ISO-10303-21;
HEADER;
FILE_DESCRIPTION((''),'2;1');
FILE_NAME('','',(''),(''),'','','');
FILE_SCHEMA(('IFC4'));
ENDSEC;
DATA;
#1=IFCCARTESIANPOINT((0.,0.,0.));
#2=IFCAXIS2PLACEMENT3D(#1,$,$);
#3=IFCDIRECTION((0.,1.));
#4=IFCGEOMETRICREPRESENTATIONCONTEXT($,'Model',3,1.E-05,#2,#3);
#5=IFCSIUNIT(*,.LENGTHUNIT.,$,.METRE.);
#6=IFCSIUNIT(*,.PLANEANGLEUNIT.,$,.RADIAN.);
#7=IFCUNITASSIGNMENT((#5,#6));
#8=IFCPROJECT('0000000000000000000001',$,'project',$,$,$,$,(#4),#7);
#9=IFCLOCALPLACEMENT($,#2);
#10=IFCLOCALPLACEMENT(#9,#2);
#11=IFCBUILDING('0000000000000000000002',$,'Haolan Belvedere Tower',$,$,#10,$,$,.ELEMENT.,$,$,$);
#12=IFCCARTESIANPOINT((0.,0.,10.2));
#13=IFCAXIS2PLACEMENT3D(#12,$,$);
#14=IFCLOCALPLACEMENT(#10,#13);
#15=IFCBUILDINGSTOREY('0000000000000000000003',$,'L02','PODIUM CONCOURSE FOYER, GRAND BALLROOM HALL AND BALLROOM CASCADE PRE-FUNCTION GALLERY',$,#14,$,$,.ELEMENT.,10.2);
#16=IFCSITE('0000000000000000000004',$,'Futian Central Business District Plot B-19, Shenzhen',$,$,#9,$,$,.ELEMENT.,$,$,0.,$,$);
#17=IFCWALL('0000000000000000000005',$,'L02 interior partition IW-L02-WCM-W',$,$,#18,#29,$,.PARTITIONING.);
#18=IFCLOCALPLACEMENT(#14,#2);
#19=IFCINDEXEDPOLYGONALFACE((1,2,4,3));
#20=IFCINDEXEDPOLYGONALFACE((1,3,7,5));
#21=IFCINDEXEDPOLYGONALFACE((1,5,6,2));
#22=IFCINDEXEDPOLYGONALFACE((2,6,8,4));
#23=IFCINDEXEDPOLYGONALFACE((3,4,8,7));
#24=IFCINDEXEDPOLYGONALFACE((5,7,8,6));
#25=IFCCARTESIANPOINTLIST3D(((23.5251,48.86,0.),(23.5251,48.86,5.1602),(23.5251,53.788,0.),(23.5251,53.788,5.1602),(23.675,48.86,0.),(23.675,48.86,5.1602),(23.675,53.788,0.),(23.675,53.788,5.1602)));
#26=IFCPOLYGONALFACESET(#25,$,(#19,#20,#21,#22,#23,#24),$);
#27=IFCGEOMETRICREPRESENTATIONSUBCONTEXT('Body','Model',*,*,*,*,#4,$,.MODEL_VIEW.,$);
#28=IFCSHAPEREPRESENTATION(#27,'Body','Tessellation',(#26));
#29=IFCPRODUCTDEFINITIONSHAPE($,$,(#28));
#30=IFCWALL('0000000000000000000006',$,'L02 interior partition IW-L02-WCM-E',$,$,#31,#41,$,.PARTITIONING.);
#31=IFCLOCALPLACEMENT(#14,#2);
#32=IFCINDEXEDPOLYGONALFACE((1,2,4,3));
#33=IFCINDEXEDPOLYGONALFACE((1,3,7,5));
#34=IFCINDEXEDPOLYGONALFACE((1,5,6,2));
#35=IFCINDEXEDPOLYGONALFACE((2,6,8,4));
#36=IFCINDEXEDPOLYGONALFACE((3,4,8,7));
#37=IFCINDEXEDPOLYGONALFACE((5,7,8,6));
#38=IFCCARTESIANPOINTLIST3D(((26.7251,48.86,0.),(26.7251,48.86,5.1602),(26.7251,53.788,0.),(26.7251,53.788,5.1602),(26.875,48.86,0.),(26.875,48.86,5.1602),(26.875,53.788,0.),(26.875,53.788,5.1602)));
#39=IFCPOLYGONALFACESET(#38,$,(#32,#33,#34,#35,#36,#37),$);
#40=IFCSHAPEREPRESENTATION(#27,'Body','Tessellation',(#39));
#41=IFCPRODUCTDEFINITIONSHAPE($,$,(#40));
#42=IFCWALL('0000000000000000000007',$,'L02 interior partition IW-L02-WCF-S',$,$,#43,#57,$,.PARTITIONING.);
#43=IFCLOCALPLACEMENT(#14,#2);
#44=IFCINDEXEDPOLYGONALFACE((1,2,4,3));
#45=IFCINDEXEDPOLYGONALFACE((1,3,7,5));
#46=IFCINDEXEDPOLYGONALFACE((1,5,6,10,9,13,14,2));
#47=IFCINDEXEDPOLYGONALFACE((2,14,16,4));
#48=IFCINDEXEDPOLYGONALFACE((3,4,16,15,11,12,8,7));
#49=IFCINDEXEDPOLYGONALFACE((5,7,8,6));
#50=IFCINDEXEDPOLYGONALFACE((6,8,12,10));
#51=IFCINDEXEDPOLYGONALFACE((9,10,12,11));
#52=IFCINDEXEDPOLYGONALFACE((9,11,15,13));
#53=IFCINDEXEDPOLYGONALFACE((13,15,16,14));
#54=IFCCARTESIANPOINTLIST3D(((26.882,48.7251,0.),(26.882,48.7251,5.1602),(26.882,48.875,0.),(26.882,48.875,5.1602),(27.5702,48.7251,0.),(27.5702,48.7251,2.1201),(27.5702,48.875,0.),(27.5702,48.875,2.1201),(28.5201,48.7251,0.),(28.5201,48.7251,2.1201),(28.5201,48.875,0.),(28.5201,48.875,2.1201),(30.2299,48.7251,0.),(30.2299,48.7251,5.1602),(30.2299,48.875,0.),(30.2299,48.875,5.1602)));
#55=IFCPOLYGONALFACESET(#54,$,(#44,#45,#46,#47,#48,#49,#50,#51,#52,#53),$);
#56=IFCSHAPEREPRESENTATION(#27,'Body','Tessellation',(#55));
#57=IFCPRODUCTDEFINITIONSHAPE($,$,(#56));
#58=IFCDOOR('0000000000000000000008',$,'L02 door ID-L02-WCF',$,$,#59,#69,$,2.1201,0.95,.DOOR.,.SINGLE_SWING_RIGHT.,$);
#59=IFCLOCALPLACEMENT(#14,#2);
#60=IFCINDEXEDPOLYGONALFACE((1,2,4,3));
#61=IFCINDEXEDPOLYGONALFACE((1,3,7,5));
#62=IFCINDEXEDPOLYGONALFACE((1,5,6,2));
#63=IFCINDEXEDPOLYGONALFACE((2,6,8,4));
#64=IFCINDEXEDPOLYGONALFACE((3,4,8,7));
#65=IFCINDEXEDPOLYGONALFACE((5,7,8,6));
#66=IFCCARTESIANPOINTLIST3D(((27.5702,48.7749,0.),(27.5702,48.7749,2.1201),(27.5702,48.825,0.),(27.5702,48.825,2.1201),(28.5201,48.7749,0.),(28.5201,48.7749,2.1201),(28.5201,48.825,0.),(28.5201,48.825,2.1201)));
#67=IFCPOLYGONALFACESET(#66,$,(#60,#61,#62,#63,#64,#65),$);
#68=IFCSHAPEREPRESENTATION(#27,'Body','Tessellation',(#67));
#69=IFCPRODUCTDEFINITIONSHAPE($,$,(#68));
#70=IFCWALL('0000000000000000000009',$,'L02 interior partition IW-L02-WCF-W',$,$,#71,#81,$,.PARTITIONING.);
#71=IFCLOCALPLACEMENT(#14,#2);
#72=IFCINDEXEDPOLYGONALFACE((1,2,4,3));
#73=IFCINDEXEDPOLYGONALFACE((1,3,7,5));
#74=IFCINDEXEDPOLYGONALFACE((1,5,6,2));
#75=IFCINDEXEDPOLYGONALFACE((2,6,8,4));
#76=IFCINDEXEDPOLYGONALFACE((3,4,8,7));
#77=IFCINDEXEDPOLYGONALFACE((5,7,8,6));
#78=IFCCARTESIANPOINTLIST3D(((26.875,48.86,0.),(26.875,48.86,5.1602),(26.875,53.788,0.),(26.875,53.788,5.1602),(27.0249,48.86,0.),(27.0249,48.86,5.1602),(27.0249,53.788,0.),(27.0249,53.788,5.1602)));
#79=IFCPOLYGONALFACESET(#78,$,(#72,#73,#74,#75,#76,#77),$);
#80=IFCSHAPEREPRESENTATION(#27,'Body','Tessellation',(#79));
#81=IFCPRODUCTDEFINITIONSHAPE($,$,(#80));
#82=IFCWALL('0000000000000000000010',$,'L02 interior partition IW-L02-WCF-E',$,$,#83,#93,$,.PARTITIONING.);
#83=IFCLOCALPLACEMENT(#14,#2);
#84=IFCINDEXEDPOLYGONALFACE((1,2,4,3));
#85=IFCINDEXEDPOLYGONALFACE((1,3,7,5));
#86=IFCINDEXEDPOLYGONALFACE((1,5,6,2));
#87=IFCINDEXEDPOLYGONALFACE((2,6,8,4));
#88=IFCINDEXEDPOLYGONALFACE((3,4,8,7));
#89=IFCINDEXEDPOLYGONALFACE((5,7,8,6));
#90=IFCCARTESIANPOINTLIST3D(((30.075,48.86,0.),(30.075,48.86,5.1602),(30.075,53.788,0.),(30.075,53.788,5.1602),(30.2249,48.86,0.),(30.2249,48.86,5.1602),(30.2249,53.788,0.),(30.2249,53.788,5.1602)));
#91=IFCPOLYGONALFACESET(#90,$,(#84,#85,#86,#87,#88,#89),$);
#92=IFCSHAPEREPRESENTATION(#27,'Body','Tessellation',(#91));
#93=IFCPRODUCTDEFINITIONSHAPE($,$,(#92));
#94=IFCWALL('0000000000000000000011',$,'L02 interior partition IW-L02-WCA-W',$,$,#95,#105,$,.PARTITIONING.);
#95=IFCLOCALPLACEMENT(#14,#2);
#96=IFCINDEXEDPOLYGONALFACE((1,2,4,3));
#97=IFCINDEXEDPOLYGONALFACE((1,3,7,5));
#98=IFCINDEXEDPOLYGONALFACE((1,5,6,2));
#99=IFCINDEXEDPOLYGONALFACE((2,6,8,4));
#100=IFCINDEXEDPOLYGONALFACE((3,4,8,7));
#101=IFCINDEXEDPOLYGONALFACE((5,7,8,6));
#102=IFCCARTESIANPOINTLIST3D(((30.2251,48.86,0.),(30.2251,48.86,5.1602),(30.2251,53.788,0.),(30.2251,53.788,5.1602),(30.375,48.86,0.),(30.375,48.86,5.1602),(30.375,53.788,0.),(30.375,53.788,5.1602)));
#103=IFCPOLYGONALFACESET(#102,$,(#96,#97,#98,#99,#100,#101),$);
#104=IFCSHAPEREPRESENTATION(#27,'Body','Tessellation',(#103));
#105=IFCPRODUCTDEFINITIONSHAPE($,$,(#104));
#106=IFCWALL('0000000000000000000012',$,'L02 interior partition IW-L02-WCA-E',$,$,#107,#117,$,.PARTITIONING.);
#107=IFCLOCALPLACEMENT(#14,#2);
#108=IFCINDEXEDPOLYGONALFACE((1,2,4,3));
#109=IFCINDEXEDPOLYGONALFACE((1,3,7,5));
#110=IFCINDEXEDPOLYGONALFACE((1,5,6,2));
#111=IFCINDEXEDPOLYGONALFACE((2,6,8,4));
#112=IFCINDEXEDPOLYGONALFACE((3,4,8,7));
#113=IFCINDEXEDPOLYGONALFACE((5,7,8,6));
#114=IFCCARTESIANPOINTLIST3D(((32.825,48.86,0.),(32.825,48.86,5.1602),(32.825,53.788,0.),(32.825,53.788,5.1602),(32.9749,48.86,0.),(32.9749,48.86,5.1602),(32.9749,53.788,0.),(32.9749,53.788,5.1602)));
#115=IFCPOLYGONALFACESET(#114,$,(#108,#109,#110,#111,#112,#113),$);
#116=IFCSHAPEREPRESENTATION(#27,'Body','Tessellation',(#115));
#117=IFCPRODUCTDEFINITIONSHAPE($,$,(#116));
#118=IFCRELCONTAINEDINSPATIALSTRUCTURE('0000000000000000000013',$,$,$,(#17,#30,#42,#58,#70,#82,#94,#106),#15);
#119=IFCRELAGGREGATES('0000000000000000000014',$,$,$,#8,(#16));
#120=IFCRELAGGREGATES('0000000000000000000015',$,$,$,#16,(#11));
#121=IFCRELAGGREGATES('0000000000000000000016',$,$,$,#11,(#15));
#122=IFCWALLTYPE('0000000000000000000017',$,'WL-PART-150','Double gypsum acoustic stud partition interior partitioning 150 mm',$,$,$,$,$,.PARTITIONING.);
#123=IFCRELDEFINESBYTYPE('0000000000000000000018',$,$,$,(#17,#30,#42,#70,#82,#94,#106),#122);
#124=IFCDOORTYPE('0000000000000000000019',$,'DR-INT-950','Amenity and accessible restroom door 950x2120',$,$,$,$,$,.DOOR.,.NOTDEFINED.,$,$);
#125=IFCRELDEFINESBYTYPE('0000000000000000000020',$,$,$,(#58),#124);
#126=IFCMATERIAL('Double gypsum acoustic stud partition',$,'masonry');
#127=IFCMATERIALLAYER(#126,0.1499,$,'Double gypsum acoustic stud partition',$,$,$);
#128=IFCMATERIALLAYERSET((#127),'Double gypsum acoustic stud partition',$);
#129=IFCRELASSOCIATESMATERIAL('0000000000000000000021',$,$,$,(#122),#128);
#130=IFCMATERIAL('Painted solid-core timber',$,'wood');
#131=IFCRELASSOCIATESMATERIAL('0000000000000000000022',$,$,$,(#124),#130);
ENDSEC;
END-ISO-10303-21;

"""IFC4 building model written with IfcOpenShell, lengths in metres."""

from ifc_helpers import new_model, si_unit, direction, frame, frame_2d, origin, place, context, subcontext, project, spatial, rectangle, extrude, material, layer, layer_set, type_object, element, fill, save


model = new_model("IFC4")

# Units and contexts
model_context = context("Model", 3, precision=1e-05, world=origin(), true_north=direction((0.0, 1.0)))
body_context = subcontext(model_context, "Body", "Model", "MODEL_VIEW")
ifc_project = project(units=[si_unit("LENGTHUNIT", "METRE"), si_unit("PLANEANGLEUNIT", "RADIAN")], contexts=[model_context])

# Site, building, storey
site_placement = place(None, origin())
site = spatial("IfcSite", under=ifc_project, at=site_placement, Name="Futian Central Business District Plot B-19, Shenzhen", CompositionType="ELEMENT", RefElevation=0.0)
building_placement = place(site_placement, origin())
building = spatial("IfcBuilding", under=site, at=building_placement, Name="Haolan Belvedere Tower", CompositionType="ELEMENT")
storey_placement = place(building_placement, frame((0.0, 0.0, 10.2)))
storey = spatial("IfcBuildingStorey", under=building, at=storey_placement, Name="L02", Description="PODIUM CONCOURSE FOYER, GRAND BALLROOM HALL AND BALLROOM CASCADE PRE-FUNCTION GALLERY", CompositionType="ELEMENT", Elevation=10.2)

# Shared definitions
ifc_material_1 = material(Name="Double gypsum acoustic stud partition", Category="masonry")
ifc_layer_1 = layer(ifc_material_1, 0.1499, Name="Double gypsum acoustic stud partition")
ifc_layer_set_1 = layer_set([ifc_layer_1], Name="Double gypsum acoustic stud partition")
wall_type_1 = type_object("IfcWallType", Name="WL-PART-150", Description="Double gypsum acoustic stud partition interior partitioning 150 mm", PredefinedType="PARTITIONING", material=ifc_layer_set_1)
ifc_material_2 = material(Name="Painted solid-core timber", Category="wood")
door_type_1 = type_object("IfcDoorType", Name="DR-INT-950", Description="Amenity and accessible restroom door 950x2120", OperationType="NOTDEFINED", PredefinedType="DOOR", material=ifc_material_2)

# Walls
for number, where, z_axis, x_axis, name in (
    (1, (23.6001, 48.8601, 0.0), (0.0, 0.0, 1.0), (0.0, 1.0, 0.0), "L02 interior partition IW-L02-WCM-W"),
    (2, (26.8, 48.8601, 0.0), (0.0, 0.0, 1.0), (0.0, 1.0, 0.0), "L02 interior partition IW-L02-WCM-E"),
):
    element("IfcWall", number, at=place(storey_placement, frame(where, z_axis=z_axis, x_axis=x_axis)), inside=storey, type_object=wall_type_1, Name=name, PredefinedType="PARTITIONING", context=body_context, shape_type="SweptSolid", body=[
        extrude(rectangle(XDim=4.928, YDim=0.1499, at=frame_2d((2.4639, 0.0))), origin(), (0.0, 0.0, 1.0), 5.1602),
    ])

# Wall, opening, door
wall_1_placement = place(storey_placement, frame((26.8821, 48.8, 0.0), z_axis=(0.0, 0.0, 1.0), x_axis=(1.0, 0.0, 0.0)))
wall_1 = element("IfcWall", 3, at=wall_1_placement, inside=storey, type_object=wall_type_1, Name="L02 interior partition IW-L02-WCF-S", PredefinedType="PARTITIONING", context=body_context, shape_type="SweptSolid", body=[
    extrude(rectangle(XDim=3.3479, YDim=0.1499, at=frame_2d((1.6738, 0.0))), origin(), (0.0, 0.0, 1.0), 5.1602),
])
opening_1_placement = place(wall_1_placement, frame((0.688, 0.0, 0.0)))
opening_1 = element("IfcOpeningElement", 4, at=opening_1_placement, cuts=wall_1, PredefinedType="OPENING", context=body_context, shape_type="SweptSolid", body=[
    extrude(rectangle(XDim=0.95, YDim=2.1201, at=frame_2d((0.4751, 1.0601))), frame((0.0, 0.085, 0.0), z_axis=(0.0, -1.0, 0.0), x_axis=(1.0, 0.0, 0.0)), (0.0, 0.0, 1.0), 0.1699),
])
door_1_placement = place(opening_1_placement, origin())
door_1 = element("IfcDoor", 5, at=door_1_placement, inside=storey, type_object=door_type_1, Name="L02 door ID-L02-WCF", OperationType="SINGLE_SWING_RIGHT", OverallHeight=2.1201, OverallWidth=0.95, PredefinedType="DOOR", context=body_context, shape_type="SweptSolid", body=[
    extrude(rectangle(XDim=0.95, YDim=2.1201, at=frame_2d((0.4751, 1.0601))), frame((0.0, 0.0249, 0.0), z_axis=(0.0, -1.0, 0.0), x_axis=(1.0, 0.0, 0.0)), (0.0, 0.0, 1.0), 0.05),
])
fill(opening_1, door_1)

# Walls
for number, where, z_axis, x_axis, name in (
    (6, (26.95, 48.8601, 0.0), (0.0, 0.0, 1.0), (0.0, 1.0, 0.0), "L02 interior partition IW-L02-WCF-W"),
    (7, (30.1499, 48.8601, 0.0), (0.0, 0.0, 1.0), (0.0, 1.0, 0.0), "L02 interior partition IW-L02-WCF-E"),
):
    element("IfcWall", number, at=place(storey_placement, frame(where, z_axis=z_axis, x_axis=x_axis)), inside=storey, type_object=wall_type_1, Name=name, PredefinedType="PARTITIONING", context=body_context, shape_type="SweptSolid", body=[
        extrude(rectangle(XDim=4.928, YDim=0.1499, at=frame_2d((2.4639, 0.0))), origin(), (0.0, 0.0, 1.0), 5.1602),
    ])

# Walls
for number, where, z_axis, x_axis, name in (
    (8, (30.3, 48.8601, 0.0), (0.0, 0.0, 1.0), (0.0, 1.0, 0.0), "L02 interior partition IW-L02-WCA-W"),
    (9, (32.8999, 48.8601, 0.0), (0.0, 0.0, 1.0), (0.0, 1.0, 0.0), "L02 interior partition IW-L02-WCA-E"),
):
    element("IfcWall", number, at=place(storey_placement, frame(where, z_axis=z_axis, x_axis=x_axis)), inside=storey, type_object=wall_type_1, Name=name, PredefinedType="PARTITIONING", context=body_context, shape_type="SweptSolid", body=[
        extrude(rectangle(XDim=4.928, YDim=0.1499, at=frame_2d((2.4639, 0.0))), origin(), (0.0, 0.0, 1.0), 5.1602),
    ])

save(model, "model.ifc")
